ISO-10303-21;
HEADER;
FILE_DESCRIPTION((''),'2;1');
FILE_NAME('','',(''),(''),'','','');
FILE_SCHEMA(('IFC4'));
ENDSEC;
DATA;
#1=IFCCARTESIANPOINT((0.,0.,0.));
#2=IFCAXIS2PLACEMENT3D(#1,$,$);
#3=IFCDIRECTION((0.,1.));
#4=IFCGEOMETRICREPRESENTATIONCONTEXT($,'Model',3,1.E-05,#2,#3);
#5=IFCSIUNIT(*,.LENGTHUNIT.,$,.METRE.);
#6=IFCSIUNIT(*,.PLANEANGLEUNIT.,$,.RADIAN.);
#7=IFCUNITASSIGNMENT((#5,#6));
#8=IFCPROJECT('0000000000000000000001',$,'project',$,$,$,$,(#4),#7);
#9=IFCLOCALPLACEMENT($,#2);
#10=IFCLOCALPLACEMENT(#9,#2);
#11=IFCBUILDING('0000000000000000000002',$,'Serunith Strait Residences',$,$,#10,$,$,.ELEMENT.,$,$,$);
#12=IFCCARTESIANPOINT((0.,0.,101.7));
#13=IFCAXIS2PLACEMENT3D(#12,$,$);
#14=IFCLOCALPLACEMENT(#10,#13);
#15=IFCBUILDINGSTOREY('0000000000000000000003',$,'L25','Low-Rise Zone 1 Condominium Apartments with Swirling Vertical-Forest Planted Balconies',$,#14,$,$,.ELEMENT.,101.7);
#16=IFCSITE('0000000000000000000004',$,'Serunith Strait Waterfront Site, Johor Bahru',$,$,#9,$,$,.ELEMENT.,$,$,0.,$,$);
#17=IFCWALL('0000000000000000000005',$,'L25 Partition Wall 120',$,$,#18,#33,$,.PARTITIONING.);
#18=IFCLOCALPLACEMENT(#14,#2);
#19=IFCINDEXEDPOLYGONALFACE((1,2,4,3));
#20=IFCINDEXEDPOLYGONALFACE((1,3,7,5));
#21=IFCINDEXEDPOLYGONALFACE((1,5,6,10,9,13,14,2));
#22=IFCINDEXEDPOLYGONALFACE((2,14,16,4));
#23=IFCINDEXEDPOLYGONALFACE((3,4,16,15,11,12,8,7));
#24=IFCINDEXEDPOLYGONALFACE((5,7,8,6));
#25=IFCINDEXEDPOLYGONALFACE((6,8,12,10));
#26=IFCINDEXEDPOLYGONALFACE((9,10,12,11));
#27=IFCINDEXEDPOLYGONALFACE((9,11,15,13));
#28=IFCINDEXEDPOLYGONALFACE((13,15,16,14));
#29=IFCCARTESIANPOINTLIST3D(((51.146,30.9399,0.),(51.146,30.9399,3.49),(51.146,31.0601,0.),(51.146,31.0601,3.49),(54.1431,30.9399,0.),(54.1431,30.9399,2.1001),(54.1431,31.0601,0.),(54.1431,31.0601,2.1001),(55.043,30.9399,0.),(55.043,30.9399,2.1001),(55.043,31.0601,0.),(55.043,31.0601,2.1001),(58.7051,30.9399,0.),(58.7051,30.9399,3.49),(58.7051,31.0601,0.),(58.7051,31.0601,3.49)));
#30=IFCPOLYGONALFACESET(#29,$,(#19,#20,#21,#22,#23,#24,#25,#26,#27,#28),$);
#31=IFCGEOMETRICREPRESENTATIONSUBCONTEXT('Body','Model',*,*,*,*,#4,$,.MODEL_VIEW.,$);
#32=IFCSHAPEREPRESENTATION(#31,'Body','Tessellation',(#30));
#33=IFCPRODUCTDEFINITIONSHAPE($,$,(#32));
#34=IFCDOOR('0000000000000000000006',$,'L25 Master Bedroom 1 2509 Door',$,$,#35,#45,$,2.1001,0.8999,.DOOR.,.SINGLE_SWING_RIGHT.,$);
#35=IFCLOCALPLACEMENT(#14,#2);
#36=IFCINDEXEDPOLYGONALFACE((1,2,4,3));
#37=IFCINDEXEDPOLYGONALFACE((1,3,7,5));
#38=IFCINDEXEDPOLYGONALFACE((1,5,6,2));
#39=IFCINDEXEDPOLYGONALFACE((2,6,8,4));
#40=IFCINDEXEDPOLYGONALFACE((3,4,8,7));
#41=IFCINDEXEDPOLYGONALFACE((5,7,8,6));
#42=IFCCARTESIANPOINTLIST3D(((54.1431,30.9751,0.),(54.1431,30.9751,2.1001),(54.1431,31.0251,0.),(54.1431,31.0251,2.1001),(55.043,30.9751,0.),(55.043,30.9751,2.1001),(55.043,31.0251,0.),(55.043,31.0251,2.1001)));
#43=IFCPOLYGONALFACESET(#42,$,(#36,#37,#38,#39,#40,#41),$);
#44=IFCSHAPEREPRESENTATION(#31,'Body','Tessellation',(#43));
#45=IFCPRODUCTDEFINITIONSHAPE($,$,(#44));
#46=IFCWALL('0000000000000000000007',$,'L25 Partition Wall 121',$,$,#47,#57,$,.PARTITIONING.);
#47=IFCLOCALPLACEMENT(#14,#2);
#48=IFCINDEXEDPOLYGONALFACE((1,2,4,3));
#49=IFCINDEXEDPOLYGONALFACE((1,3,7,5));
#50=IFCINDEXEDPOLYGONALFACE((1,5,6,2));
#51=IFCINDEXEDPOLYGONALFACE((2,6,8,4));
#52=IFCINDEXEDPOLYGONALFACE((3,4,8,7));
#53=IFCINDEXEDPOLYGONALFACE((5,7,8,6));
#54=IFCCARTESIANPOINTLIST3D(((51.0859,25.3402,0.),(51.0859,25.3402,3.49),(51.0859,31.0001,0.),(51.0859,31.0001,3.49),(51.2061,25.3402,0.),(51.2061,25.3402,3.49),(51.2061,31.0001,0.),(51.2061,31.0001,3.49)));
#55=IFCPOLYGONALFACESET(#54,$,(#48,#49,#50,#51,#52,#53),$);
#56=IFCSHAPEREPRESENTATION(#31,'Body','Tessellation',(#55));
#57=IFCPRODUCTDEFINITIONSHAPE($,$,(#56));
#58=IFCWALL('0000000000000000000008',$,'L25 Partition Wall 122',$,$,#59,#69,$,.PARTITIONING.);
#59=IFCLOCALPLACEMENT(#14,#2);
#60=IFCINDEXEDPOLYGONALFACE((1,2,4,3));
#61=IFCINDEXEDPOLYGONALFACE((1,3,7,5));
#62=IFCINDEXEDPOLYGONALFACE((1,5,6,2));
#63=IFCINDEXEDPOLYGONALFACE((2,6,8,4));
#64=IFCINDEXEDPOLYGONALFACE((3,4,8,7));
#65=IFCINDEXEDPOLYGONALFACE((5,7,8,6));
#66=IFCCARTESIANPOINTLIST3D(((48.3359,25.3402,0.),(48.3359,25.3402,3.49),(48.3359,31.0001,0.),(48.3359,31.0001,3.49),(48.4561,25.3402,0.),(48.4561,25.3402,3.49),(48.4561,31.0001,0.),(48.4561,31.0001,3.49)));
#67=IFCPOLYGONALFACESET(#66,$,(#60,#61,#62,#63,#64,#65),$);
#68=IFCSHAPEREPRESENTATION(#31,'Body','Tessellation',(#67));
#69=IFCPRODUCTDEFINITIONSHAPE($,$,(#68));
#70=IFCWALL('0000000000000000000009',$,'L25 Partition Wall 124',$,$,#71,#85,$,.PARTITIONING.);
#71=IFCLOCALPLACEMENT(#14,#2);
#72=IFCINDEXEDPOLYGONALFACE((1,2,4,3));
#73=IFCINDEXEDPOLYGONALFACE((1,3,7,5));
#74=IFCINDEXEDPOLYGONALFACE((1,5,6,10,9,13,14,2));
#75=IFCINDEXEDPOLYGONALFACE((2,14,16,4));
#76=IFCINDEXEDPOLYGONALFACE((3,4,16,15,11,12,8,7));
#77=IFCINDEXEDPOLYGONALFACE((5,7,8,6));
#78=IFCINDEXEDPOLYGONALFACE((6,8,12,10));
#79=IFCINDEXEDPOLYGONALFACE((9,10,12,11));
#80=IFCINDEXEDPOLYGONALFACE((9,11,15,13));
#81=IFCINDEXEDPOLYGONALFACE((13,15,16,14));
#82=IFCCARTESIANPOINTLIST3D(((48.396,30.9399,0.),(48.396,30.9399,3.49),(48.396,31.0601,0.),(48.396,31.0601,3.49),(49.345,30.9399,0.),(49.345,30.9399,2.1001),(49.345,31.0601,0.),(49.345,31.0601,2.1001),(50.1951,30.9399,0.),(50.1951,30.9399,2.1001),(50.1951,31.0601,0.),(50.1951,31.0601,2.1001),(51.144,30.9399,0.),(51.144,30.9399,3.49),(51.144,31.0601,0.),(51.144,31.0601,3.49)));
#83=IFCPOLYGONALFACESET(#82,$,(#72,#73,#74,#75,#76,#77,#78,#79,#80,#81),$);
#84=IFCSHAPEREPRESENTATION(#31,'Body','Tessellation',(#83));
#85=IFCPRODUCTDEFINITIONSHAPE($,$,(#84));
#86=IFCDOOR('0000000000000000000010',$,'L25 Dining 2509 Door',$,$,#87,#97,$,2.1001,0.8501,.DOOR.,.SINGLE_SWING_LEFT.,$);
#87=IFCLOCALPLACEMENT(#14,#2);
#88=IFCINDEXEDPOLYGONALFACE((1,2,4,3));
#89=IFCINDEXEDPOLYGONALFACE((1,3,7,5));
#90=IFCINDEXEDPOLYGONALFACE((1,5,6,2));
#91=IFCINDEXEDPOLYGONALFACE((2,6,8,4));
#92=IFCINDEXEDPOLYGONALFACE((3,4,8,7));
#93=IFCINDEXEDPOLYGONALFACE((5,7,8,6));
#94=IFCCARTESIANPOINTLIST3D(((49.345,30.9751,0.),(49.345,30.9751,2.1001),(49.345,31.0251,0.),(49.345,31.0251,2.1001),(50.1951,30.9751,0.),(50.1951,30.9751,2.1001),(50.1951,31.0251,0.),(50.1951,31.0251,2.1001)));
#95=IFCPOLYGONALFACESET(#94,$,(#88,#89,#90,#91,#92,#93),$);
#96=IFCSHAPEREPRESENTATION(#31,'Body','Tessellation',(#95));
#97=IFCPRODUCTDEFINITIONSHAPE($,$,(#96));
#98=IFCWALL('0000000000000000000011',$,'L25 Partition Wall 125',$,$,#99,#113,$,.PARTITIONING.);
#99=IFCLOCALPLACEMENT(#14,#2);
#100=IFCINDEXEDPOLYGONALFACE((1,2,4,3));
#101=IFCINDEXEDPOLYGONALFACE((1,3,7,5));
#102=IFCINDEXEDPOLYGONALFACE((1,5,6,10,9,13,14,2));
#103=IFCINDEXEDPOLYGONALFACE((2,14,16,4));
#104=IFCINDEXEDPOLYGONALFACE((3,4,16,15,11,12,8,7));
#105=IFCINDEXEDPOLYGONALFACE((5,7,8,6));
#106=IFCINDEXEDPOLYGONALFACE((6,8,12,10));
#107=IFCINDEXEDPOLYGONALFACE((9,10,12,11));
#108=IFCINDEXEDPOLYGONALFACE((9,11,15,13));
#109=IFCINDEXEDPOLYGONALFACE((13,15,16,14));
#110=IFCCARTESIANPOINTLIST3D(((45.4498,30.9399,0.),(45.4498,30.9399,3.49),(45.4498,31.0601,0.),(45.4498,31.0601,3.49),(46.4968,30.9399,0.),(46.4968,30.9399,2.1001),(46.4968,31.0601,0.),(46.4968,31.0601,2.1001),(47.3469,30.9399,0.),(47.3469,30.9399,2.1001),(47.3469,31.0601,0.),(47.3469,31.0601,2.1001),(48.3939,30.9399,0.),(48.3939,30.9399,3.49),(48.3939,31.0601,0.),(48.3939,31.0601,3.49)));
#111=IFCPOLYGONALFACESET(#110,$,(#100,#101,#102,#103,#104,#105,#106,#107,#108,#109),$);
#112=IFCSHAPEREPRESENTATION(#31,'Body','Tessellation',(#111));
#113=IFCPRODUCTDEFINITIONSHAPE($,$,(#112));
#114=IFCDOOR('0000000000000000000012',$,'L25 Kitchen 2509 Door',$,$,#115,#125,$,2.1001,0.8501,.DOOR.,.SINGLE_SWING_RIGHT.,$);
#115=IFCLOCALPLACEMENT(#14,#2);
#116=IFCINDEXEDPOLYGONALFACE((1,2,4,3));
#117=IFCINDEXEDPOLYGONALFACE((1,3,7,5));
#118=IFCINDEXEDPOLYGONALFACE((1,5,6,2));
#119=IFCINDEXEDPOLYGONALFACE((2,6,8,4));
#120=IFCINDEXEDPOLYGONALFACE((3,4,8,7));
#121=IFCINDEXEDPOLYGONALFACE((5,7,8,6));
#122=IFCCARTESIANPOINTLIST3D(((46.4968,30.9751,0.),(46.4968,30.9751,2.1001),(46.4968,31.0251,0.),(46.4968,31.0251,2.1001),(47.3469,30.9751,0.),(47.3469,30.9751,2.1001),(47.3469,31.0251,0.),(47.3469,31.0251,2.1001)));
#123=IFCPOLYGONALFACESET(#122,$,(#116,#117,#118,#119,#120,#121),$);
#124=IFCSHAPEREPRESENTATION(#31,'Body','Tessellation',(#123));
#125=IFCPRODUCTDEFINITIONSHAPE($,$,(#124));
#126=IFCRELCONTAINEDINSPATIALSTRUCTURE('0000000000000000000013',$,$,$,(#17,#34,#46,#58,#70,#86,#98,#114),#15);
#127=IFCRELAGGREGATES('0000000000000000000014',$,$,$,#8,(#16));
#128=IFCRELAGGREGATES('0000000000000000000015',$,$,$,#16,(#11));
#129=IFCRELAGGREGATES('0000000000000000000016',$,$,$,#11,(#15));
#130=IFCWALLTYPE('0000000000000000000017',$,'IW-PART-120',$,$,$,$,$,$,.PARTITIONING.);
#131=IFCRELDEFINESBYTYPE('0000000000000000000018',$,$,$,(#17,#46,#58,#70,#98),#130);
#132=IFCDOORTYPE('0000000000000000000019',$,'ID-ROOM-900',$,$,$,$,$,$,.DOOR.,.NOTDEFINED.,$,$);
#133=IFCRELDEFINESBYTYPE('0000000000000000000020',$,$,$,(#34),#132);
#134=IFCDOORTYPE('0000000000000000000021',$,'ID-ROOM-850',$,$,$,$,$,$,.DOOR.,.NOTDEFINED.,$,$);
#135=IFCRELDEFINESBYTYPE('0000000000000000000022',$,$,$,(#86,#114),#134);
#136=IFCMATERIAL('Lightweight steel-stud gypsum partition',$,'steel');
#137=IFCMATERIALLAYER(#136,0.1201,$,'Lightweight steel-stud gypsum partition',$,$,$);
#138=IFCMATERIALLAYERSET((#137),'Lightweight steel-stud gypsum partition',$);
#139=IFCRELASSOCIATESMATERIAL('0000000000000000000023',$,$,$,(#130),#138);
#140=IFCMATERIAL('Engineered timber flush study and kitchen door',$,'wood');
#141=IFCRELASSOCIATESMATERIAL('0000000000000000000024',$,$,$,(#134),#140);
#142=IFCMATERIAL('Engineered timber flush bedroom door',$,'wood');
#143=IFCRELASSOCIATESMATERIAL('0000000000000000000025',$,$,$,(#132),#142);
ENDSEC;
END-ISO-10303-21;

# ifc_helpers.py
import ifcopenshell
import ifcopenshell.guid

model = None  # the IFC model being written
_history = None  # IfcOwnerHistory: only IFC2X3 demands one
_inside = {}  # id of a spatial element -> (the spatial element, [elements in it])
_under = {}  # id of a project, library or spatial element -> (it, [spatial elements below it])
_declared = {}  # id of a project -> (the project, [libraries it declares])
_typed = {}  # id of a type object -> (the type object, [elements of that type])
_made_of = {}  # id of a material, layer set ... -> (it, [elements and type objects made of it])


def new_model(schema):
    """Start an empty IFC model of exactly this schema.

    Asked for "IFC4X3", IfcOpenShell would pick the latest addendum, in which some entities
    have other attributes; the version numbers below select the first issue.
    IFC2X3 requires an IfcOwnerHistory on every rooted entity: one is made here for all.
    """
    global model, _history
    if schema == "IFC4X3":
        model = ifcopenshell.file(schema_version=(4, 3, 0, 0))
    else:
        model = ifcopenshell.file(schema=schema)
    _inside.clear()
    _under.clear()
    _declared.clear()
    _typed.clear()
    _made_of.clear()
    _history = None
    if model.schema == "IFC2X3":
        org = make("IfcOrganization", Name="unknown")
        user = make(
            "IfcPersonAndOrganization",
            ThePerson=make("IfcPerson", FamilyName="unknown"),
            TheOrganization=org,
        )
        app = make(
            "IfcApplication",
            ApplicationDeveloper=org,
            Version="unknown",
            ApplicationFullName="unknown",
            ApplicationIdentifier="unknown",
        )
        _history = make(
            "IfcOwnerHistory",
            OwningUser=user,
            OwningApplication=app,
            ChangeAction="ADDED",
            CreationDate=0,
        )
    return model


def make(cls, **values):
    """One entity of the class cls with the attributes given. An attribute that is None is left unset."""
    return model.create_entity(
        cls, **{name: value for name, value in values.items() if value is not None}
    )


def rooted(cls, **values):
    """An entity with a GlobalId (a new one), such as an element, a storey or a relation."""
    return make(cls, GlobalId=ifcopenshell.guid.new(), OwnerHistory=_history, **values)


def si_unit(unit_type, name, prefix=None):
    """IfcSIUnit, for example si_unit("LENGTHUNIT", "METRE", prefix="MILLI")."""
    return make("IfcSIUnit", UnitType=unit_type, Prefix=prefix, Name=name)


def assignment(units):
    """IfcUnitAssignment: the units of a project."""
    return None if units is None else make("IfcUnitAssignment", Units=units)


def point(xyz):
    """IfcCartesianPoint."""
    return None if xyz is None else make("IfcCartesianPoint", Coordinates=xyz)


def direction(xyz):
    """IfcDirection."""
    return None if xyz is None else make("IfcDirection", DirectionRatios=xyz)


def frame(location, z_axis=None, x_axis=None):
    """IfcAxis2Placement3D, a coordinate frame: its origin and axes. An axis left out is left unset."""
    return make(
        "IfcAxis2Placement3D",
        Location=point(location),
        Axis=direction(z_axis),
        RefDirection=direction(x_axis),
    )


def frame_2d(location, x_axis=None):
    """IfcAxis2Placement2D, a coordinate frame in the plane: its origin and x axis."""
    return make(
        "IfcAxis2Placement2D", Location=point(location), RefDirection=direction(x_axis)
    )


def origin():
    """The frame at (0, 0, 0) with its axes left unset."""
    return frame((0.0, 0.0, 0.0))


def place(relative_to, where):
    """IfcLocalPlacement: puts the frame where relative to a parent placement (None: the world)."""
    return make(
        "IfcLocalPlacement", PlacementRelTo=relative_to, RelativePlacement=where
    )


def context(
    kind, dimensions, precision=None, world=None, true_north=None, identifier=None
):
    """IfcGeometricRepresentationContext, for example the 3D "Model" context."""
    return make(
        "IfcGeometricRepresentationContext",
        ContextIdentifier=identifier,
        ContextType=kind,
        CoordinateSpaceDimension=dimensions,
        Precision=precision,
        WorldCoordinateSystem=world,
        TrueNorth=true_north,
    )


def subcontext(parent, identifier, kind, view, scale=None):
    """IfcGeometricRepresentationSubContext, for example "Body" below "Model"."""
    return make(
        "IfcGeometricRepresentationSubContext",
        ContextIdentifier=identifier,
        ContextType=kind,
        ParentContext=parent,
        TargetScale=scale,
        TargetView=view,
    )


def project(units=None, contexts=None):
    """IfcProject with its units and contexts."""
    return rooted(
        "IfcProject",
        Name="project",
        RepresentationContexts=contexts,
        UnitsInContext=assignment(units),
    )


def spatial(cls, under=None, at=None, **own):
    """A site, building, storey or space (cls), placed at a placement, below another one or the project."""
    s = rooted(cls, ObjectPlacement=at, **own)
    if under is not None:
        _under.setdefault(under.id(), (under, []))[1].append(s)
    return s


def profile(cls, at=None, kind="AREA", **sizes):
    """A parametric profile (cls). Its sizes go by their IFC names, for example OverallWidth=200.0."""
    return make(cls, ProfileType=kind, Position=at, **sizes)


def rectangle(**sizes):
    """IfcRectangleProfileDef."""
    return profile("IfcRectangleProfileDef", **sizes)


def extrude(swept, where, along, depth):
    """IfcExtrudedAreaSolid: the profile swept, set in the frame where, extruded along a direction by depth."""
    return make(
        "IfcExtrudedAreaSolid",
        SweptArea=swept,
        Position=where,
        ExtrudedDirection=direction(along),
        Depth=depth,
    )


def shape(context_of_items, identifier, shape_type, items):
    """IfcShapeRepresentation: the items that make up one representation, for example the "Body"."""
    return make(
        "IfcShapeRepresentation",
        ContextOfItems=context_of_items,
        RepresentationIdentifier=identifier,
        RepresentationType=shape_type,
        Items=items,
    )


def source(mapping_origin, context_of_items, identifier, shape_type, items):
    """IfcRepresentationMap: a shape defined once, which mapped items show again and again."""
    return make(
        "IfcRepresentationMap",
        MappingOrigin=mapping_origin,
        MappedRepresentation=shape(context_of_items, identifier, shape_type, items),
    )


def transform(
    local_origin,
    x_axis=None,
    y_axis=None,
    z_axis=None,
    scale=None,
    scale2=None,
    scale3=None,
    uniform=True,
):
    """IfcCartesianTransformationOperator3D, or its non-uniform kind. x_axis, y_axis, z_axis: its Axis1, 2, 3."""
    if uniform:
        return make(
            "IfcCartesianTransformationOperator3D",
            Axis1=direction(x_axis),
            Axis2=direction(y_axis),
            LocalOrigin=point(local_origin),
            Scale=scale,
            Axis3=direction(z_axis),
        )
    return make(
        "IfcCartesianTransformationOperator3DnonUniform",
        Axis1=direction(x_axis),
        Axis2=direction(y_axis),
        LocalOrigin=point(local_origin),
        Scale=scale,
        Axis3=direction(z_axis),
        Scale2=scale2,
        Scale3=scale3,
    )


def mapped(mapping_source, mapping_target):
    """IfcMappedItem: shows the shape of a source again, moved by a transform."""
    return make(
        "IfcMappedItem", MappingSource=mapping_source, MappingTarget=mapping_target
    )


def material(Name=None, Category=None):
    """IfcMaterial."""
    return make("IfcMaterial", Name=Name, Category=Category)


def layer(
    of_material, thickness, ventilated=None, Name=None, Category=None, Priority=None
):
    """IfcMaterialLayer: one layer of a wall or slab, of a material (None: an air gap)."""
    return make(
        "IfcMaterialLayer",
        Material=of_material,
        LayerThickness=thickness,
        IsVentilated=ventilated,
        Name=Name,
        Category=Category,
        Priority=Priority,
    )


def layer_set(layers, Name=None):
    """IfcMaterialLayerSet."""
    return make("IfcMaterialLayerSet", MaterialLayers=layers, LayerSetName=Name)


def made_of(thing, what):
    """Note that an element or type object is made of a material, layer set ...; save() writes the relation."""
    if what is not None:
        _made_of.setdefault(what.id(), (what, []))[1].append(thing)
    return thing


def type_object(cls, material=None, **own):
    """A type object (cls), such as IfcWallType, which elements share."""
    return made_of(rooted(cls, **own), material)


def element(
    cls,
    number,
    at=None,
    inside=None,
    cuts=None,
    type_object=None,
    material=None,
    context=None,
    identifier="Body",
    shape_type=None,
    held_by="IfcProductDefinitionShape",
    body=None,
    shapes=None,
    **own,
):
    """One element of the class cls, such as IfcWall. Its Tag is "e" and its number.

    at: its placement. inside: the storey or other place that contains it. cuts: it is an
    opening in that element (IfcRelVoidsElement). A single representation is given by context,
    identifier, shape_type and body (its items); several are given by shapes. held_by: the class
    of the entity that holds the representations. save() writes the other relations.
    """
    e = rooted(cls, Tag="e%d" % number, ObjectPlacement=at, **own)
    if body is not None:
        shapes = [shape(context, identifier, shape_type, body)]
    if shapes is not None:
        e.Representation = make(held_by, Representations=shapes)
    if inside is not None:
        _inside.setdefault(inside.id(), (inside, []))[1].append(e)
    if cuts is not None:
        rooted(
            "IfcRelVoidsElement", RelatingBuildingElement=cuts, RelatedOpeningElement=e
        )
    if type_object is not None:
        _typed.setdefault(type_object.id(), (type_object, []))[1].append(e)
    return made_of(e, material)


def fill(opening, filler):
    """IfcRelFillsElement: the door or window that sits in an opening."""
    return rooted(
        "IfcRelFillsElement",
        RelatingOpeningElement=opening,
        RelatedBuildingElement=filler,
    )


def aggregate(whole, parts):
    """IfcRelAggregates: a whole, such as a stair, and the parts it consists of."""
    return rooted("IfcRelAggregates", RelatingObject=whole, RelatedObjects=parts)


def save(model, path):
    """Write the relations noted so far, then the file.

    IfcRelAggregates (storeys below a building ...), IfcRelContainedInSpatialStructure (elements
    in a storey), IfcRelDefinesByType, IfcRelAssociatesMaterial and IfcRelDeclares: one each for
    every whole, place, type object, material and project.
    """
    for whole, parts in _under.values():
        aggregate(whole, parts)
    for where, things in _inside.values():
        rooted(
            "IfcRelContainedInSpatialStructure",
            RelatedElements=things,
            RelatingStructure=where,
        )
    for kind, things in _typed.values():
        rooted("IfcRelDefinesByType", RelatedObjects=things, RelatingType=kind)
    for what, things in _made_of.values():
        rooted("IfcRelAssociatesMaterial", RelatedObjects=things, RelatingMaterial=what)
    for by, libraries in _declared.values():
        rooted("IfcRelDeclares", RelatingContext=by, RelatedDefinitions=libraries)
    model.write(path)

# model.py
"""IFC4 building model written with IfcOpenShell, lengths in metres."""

from ifc_helpers import new_model, si_unit, direction, frame, frame_2d, origin, place, context, subcontext, project, spatial, rectangle, extrude, source, transform, mapped, material, layer, layer_set, type_object, element, fill, save


model = new_model("IFC4")

# Units and contexts
model_context = context("Model", 3, precision=1e-05, world=origin(), true_north=direction((0.0, 1.0)))
body_context = subcontext(model_context, "Body", "Model", "MODEL_VIEW")
ifc_project = project(units=[si_unit("LENGTHUNIT", "METRE"), si_unit("PLANEANGLEUNIT", "RADIAN")], contexts=[model_context])

# Site, building, storey
site_placement = place(None, origin())
site = spatial("IfcSite", under=ifc_project, at=site_placement, Name="Serunith Strait Waterfront Site, Johor Bahru", CompositionType="ELEMENT", RefElevation=0.0)
building_placement = place(site_placement, origin())
building = spatial("IfcBuilding", under=site, at=building_placement, Name="Serunith Strait Residences", CompositionType="ELEMENT")
storey_placement = place(building_placement, frame((0.0, 0.0, 101.7)))
storey = spatial("IfcBuildingStorey", under=building, at=storey_placement, Name="L25", Description="Low-Rise Zone 1 Condominium Apartments with Swirling Vertical-Forest Planted Balconies", CompositionType="ELEMENT", Elevation=101.7)

# Shared definitions
ifc_material_1 = material(Name="Lightweight steel-stud gypsum partition", Category="steel")
ifc_layer_1 = layer(ifc_material_1, 0.1201, Name="Lightweight steel-stud gypsum partition")
ifc_layer_set_1 = layer_set([ifc_layer_1], Name="Lightweight steel-stud gypsum partition")
wall_type = type_object("IfcWallType", Name="IW-PART-120", PredefinedType="PARTITIONING", material=ifc_layer_set_1)
shared_shape_1 = source(origin(), body_context, "Body", "SweptSolid", [
    extrude(rectangle(XDim=0.8501, YDim=2.1001, at=frame_2d((0.425, 1.05))), frame((0.0, 0.0249, 0.0), z_axis=(0.0, -1.0, 0.0), x_axis=(1.0, 0.0, 0.0)), (0.0, 0.0, 1.0), 0.05),
])
ifc_material_2 = material(Name="Engineered timber flush study and kitchen door", Category="wood")
door_type_1 = type_object("IfcDoorType", Name="ID-ROOM-850", OperationType="NOTDEFINED", PredefinedType="DOOR", material=ifc_material_2)
ifc_material_3 = material(Name="Engineered timber flush bedroom door", Category="wood")
door_type_2 = type_object("IfcDoorType", Name="ID-ROOM-900", OperationType="NOTDEFINED", PredefinedType="DOOR", material=ifc_material_3)
shared_shape_2 = source(origin(), body_context, "Body", "SweptSolid", [
    extrude(rectangle(XDim=0.8999, YDim=2.1001, at=frame_2d((0.45, 1.05))), frame((0.0, 0.0249, 0.0), z_axis=(0.0, -1.0, 0.0), x_axis=(1.0, 0.0, 0.0)), (0.0, 0.0, 1.0), 0.05),
])

# Wall, opening, door
wall_1_placement = place(storey_placement, frame((58.7051, 31.0, 0.0), z_axis=(0.0, 0.0, 1.0), x_axis=(-1.0, 0.0, 0.0)))
wall_1 = element("IfcWall", 1, at=wall_1_placement, inside=storey, type_object=wall_type, Name="L25 Partition Wall 120", PredefinedType="PARTITIONING", context=body_context, shape_type="SweptSolid", body=[
    extrude(rectangle(XDim=7.5591, YDim=0.1201, at=frame_2d((3.7795, 0.0))), origin(), (0.0, 0.0, 1.0), 3.49),
])
opening_1_placement = place(wall_1_placement, frame((3.6621, 0.0, 0.0)))
opening_1 = element("IfcOpeningElement", 2, at=opening_1_placement, cuts=wall_1, PredefinedType="OPENING", context=body_context, shape_type="SweptSolid", body=[
    extrude(rectangle(XDim=0.8999, YDim=2.1001, at=frame_2d((0.45, 1.05))), frame((0.0, 0.0701, 0.0), z_axis=(0.0, -1.0, 0.0), x_axis=(1.0, 0.0, 0.0)), (0.0, 0.0, 1.0), 0.1401),
])
door_1_placement = place(opening_1_placement, origin())
door_1 = element("IfcDoor", 3, at=door_1_placement, inside=storey, type_object=door_type_2, Name="L25 Master Bedroom 1 2509 Door", OperationType="SINGLE_SWING_RIGHT", OverallHeight=2.1001, OverallWidth=0.8999, PredefinedType="DOOR", context=body_context, shape_type="MappedRepresentation", body=[
    mapped(shared_shape_2, transform((0.0, 0.0, 0.0), scale=1.0)),
])
fill(opening_1, door_1)

# Walls
for number, where, z_axis, x_axis, name in (
    (4, (51.146, 25.3401, 0.0), (0.0, 0.0, 1.0), (0.0, 1.0, 0.0), "L25 Partition Wall 121"),
    (5, (48.396, 25.3401, 0.0), (0.0, 0.0, 1.0), (0.0, 1.0, 0.0), "L25 Partition Wall 122"),
):
    element("IfcWall", number, at=place(storey_placement, frame(where, z_axis=z_axis, x_axis=x_axis)), inside=storey, type_object=wall_type, Name=name, PredefinedType="PARTITIONING", context=body_context, shape_type="SweptSolid", body=[
        extrude(rectangle(XDim=5.6599, YDim=0.1201, at=frame_2d((2.8301, 0.0))), origin(), (0.0, 0.0, 1.0), 3.49),
    ])

# Walls, openings, doors
wall_2_placement = place(storey_placement, frame((51.144, 31.0, 0.0), z_axis=(0.0, 0.0, 1.0), x_axis=(-1.0, 0.0, 0.0)))
wall_2 = element("IfcWall", 6, at=wall_2_placement, inside=storey, type_object=wall_type, Name="L25 Partition Wall 124", PredefinedType="PARTITIONING", context=body_context, shape_type="SweptSolid", body=[
    extrude(rectangle(XDim=2.748, YDim=0.1201, at=frame_2d((1.374, 0.0))), origin(), (0.0, 0.0, 1.0), 3.49),
])
opening_2_placement = place(wall_2_placement, frame((0.949, 0.0, 0.0)))
opening_2 = element("IfcOpeningElement", 7, at=opening_2_placement, cuts=wall_2, PredefinedType="OPENING", context=body_context, shape_type="SweptSolid", body=[
    extrude(rectangle(XDim=0.8501, YDim=2.1001, at=frame_2d((0.425, 1.05))), frame((0.0, 0.0701, 0.0), z_axis=(0.0, -1.0, 0.0), x_axis=(1.0, 0.0, 0.0)), (0.0, 0.0, 1.0), 0.1401),
])
door_2_placement = place(opening_2_placement, origin())
door_2 = element("IfcDoor", 8, at=door_2_placement, inside=storey, type_object=door_type_1, Name="L25 Dining 2509 Door", OperationType="SINGLE_SWING_LEFT", OverallHeight=2.1001, OverallWidth=0.8501, PredefinedType="DOOR", context=body_context, shape_type="MappedRepresentation", body=[
    mapped(shared_shape_1, transform((0.0, 0.0, 0.0), scale=1.0)),
])
fill(opening_2, door_2)
wall_3_placement = place(storey_placement, frame((48.394, 31.0, 0.0), z_axis=(0.0, 0.0, 1.0), x_axis=(-1.0, 0.0, 0.0)))
wall_3 = element("IfcWall", 9, at=wall_3_placement, inside=storey, type_object=wall_type, Name="L25 Partition Wall 125", PredefinedType="PARTITIONING", context=body_context, shape_type="SweptSolid", body=[
    extrude(rectangle(XDim=2.9441, YDim=0.1201, at=frame_2d((1.4722, 0.0))), origin(), (0.0, 0.0, 1.0), 3.49),
])
opening_3_placement = place(wall_3_placement, frame((1.0471, 0.0, 0.0)))
opening_3 = element("IfcOpeningElement", 10, at=opening_3_placement, cuts=wall_3, PredefinedType="OPENING", context=body_context, shape_type="SweptSolid", body=[
    extrude(rectangle(XDim=0.8501, YDim=2.1001, at=frame_2d((0.425, 1.05))), frame((0.0, 0.0701, 0.0), z_axis=(0.0, -1.0, 0.0), x_axis=(1.0, 0.0, 0.0)), (0.0, 0.0, 1.0), 0.1401),
])
door_3_placement = place(opening_3_placement, origin())
door_3 = element("IfcDoor", 11, at=door_3_placement, inside=storey, type_object=door_type_1, Name="L25 Kitchen 2509 Door", OperationType="SINGLE_SWING_RIGHT", OverallHeight=2.1001, OverallWidth=0.8501, PredefinedType="DOOR", context=body_context, shape_type="MappedRepresentation", body=[
    mapped(shared_shape_1, transform((0.0, 0.0, 0.0), scale=1.0)),
])
fill(opening_3, door_3)

save(model, "model.ifc")
